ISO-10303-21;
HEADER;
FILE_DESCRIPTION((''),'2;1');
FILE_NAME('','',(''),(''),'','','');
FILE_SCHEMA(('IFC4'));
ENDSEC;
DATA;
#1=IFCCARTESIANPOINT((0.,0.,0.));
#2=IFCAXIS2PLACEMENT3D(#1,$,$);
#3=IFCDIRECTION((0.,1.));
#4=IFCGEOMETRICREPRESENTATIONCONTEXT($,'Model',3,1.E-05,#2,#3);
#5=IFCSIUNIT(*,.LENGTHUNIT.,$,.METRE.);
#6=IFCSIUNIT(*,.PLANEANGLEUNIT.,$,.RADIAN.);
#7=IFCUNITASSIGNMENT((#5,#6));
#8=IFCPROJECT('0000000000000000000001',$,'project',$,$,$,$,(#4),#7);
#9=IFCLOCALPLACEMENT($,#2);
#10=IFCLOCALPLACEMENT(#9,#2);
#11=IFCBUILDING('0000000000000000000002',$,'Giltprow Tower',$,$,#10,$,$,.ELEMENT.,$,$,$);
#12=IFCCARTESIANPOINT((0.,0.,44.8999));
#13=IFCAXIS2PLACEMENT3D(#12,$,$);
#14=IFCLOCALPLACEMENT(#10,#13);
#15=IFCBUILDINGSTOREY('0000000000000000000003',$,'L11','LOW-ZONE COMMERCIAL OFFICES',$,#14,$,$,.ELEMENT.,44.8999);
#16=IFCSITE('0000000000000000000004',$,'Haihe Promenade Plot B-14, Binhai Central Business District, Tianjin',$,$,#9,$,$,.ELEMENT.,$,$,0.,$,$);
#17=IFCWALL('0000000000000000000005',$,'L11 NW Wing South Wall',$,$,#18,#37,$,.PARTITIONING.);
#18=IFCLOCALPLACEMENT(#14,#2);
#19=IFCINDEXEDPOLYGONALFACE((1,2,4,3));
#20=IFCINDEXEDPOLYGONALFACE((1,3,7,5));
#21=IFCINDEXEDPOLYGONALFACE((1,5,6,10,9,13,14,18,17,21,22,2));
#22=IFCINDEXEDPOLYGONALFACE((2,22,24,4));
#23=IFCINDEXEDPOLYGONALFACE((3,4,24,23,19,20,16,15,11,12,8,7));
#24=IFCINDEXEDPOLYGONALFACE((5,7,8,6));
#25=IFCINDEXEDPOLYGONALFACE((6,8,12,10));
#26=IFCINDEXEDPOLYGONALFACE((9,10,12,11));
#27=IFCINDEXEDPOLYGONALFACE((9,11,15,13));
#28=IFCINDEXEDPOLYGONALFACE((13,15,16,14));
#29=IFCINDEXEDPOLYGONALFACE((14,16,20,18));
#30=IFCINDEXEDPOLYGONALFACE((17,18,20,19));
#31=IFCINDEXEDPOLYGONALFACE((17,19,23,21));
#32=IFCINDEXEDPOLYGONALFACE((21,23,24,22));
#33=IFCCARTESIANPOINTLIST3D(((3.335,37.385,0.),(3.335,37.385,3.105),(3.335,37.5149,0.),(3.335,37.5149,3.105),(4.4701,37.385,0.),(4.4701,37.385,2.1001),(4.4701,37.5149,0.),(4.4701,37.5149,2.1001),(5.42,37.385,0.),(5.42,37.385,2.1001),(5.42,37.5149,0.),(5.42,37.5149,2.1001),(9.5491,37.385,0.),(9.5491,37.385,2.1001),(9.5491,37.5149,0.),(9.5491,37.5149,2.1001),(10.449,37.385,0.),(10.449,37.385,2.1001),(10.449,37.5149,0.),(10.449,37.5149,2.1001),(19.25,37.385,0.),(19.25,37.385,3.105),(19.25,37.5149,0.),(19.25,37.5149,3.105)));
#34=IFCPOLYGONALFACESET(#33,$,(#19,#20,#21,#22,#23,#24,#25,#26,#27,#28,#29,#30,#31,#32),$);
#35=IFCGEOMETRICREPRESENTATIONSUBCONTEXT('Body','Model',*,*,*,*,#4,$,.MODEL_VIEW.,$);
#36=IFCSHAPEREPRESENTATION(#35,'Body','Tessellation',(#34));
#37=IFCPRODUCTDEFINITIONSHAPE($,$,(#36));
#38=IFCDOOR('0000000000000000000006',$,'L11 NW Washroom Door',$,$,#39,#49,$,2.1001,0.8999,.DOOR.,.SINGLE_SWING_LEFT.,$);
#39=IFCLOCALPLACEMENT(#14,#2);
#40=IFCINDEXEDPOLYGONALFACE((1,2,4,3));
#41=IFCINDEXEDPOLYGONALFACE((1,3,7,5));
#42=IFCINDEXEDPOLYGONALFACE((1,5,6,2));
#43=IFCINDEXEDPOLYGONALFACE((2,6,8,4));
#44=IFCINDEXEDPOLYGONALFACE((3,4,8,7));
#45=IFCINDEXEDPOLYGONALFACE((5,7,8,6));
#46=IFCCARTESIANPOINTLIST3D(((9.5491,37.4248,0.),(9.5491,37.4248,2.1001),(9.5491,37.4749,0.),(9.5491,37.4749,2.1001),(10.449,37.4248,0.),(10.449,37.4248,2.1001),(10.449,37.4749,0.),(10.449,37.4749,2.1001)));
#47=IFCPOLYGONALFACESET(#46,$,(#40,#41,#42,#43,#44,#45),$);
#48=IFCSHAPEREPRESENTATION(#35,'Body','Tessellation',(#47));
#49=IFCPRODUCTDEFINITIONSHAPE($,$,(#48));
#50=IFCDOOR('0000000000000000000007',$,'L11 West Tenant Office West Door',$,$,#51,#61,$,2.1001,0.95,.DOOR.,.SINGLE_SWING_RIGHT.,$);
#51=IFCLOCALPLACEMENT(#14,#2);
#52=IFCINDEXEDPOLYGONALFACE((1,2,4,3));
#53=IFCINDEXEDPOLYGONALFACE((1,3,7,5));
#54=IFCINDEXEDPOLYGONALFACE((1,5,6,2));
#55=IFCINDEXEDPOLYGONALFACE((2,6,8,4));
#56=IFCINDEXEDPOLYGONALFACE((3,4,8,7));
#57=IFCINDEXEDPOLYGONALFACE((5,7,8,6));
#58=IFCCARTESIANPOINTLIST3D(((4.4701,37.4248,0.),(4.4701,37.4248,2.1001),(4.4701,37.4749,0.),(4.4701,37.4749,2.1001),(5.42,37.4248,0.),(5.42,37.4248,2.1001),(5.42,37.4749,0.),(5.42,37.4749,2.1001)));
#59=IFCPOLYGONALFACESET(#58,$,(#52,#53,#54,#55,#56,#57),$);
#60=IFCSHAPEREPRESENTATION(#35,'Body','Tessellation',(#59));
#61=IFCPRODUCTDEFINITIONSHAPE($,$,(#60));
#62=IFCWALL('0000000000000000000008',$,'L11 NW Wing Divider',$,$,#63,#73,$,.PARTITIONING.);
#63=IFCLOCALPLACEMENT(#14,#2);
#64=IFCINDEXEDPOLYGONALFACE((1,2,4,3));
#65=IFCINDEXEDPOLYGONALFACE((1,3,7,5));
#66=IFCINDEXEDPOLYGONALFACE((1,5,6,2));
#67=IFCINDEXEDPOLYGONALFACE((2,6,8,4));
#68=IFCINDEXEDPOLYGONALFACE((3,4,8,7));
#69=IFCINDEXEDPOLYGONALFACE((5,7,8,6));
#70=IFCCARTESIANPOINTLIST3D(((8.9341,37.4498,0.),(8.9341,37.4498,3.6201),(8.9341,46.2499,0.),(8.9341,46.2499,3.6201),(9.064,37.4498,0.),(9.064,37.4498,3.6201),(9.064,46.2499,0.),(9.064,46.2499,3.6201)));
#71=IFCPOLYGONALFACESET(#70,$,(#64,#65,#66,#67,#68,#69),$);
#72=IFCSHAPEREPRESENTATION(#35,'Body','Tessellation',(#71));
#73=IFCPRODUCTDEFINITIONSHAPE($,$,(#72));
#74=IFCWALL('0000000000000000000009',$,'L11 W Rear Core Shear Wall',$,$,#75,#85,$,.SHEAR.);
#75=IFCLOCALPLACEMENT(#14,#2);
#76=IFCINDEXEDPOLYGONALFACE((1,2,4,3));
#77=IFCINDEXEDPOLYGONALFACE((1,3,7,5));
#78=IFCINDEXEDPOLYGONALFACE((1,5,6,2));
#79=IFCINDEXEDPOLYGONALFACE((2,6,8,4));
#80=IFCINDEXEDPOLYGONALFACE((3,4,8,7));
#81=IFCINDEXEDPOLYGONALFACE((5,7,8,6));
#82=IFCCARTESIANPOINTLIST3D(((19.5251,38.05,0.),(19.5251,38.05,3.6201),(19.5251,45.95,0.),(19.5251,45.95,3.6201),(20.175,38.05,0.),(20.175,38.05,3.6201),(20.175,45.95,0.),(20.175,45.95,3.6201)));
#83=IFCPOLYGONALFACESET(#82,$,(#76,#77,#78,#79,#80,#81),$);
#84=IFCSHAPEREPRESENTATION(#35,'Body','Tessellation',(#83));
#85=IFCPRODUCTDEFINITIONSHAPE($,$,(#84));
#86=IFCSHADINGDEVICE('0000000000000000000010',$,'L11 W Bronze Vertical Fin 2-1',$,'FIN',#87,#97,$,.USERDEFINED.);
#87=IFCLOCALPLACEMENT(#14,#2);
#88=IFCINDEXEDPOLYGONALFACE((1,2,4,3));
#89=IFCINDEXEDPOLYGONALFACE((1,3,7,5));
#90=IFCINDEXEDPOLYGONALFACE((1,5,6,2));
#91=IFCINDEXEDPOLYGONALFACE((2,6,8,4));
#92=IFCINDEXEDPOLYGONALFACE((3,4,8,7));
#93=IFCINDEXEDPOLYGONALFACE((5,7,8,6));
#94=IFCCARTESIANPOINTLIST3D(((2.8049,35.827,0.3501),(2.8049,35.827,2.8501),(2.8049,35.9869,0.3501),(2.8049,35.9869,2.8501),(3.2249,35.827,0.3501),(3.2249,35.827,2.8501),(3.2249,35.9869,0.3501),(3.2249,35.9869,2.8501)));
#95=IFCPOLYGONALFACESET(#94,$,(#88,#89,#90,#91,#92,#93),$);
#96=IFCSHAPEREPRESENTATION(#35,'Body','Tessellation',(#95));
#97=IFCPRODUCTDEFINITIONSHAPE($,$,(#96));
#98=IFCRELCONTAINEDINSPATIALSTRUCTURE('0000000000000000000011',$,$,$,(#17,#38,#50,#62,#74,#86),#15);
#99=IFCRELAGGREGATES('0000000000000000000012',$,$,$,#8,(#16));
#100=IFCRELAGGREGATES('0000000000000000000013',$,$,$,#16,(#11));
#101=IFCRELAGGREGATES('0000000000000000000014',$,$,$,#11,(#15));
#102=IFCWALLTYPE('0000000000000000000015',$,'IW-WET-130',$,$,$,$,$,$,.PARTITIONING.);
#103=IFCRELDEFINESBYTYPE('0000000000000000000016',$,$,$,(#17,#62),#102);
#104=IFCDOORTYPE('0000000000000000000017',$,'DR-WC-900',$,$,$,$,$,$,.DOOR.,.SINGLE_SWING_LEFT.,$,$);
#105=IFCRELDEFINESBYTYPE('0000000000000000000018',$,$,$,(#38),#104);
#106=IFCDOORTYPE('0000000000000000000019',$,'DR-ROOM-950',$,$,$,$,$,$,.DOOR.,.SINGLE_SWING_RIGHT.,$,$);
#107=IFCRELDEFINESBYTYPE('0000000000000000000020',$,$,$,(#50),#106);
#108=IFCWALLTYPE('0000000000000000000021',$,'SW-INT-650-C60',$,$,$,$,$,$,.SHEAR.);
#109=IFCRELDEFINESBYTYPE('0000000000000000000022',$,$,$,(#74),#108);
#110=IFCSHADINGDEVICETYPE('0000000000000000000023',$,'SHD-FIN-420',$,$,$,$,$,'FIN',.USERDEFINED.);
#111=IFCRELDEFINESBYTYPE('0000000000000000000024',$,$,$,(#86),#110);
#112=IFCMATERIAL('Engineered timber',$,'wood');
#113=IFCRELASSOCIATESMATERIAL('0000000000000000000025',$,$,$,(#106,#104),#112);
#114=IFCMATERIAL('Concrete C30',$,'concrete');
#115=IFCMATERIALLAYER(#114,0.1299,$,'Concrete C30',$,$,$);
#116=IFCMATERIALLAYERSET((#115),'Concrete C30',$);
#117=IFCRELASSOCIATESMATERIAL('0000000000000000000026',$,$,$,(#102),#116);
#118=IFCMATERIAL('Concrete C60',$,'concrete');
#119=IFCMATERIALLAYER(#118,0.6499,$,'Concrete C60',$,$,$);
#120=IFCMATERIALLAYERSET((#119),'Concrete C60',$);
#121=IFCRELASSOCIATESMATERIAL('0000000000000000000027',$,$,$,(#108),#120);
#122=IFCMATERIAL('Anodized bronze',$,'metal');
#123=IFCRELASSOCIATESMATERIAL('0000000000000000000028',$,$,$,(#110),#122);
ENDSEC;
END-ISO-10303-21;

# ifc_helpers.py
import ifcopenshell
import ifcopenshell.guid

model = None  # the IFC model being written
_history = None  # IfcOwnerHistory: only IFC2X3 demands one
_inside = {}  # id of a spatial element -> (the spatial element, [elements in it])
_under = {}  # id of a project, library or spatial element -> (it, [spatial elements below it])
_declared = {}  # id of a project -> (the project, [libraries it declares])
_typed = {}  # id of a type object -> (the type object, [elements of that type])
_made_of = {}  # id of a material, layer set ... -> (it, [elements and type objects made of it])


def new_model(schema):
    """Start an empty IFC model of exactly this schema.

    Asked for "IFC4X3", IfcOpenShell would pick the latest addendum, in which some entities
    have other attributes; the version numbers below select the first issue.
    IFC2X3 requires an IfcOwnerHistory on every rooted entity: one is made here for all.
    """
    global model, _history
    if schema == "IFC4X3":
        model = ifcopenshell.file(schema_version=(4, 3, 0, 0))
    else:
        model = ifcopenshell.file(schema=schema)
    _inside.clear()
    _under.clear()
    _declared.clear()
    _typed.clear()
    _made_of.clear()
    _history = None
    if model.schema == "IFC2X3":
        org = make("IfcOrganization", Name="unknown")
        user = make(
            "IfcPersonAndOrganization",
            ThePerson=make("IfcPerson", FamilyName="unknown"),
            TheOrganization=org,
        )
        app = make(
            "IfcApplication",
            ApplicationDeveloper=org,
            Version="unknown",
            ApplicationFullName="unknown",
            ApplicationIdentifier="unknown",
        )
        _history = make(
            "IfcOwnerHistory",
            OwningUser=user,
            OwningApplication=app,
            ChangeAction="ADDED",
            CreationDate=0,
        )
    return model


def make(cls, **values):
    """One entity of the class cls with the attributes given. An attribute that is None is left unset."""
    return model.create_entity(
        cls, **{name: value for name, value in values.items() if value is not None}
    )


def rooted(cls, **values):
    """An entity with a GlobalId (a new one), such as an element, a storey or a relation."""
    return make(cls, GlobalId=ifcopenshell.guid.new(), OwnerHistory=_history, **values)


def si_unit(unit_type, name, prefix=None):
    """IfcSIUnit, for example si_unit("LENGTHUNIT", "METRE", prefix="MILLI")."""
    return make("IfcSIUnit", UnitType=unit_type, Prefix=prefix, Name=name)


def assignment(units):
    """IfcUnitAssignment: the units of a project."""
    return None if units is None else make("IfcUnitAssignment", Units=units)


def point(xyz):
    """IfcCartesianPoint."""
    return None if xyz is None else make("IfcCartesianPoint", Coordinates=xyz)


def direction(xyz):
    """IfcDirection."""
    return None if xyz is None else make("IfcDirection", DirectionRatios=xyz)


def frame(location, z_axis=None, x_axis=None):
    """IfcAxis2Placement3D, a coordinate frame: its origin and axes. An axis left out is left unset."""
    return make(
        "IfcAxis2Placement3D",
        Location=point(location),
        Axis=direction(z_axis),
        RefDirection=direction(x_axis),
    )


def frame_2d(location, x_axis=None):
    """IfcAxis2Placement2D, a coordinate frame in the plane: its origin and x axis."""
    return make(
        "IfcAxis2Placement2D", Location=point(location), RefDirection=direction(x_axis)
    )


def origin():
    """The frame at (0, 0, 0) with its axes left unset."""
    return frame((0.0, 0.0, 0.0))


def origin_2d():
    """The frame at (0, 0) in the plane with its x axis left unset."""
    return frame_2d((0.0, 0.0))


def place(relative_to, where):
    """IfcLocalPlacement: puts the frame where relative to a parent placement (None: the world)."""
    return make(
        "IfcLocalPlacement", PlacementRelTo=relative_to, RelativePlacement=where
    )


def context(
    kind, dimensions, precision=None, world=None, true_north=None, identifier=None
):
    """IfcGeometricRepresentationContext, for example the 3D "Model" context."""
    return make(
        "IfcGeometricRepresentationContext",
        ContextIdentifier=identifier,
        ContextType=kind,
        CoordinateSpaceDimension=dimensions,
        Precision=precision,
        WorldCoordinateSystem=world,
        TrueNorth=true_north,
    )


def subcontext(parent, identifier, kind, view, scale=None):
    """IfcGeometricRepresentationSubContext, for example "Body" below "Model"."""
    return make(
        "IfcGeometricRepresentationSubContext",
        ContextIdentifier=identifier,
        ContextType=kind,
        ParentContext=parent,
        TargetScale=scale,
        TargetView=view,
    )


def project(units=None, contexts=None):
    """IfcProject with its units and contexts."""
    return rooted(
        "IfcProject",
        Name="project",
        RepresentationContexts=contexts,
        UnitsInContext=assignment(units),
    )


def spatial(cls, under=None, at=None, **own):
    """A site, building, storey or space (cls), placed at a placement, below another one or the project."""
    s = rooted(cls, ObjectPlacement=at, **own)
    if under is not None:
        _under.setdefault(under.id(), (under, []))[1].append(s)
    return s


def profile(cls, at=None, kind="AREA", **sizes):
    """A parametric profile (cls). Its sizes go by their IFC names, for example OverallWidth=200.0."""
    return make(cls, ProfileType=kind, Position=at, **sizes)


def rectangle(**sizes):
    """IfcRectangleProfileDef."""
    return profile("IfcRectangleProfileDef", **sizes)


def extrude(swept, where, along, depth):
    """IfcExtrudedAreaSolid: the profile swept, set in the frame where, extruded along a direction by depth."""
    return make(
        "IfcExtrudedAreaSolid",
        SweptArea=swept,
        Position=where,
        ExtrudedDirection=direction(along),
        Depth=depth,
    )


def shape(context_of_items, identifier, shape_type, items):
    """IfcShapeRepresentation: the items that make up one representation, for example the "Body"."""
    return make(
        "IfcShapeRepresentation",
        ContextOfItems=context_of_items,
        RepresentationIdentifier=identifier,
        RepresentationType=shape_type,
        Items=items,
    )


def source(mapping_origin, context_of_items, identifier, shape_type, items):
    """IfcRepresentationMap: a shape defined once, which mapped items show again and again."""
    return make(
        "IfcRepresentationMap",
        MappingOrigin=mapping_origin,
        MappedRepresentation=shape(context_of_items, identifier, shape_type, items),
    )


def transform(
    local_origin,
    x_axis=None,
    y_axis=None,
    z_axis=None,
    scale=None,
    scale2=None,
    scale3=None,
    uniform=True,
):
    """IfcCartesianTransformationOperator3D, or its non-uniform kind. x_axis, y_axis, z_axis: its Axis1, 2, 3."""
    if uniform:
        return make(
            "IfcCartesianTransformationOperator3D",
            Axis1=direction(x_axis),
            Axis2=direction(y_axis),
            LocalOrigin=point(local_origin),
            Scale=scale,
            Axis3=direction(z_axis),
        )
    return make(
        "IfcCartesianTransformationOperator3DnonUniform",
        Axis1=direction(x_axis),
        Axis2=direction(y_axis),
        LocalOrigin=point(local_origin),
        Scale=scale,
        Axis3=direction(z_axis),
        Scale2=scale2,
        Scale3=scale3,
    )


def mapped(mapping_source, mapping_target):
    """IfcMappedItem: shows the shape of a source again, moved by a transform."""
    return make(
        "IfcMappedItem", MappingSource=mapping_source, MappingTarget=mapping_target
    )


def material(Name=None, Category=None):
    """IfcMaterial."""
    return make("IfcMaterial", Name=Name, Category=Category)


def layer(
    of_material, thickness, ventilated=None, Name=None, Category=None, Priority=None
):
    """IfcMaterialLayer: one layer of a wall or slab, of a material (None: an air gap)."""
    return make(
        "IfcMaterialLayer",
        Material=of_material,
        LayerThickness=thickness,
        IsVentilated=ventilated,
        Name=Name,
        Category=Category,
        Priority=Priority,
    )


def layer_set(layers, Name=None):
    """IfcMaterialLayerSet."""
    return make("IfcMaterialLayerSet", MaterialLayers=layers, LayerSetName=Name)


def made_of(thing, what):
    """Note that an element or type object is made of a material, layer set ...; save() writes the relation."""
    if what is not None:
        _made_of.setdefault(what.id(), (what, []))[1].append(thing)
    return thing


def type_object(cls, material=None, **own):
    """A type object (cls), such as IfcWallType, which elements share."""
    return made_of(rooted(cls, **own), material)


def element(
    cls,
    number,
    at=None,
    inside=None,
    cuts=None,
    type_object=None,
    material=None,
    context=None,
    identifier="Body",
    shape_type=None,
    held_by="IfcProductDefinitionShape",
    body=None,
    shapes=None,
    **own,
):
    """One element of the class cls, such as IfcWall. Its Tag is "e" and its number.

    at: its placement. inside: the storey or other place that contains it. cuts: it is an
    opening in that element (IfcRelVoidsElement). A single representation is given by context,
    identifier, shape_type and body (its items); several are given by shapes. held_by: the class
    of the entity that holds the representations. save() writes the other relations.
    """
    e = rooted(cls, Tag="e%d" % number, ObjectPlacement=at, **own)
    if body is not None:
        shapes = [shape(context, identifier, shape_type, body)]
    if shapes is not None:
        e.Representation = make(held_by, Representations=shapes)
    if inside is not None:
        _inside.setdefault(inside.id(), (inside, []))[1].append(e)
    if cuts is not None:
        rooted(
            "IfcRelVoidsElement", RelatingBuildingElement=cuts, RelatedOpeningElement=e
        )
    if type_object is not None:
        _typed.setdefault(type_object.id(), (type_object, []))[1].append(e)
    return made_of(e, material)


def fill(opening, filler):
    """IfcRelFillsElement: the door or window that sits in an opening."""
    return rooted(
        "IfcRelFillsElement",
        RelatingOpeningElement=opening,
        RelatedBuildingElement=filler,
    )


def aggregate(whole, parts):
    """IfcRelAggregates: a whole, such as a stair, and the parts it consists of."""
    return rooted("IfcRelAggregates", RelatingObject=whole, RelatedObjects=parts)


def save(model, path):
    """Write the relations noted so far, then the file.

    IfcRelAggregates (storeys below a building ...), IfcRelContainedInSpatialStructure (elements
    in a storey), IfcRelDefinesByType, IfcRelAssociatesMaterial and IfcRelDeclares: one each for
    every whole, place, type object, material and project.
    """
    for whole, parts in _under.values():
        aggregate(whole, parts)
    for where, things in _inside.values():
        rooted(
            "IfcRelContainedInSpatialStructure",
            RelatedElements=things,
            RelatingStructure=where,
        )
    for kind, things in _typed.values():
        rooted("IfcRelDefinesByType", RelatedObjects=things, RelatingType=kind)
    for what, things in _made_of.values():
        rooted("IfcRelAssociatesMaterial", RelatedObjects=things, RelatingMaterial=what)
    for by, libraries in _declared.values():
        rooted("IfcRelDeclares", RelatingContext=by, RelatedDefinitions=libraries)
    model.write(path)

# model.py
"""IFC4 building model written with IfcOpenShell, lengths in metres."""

from ifc_helpers import new_model, si_unit, direction, frame, frame_2d, origin, origin_2d, place, context, subcontext, project, spatial, rectangle, extrude, source, transform, mapped, material, layer, layer_set, type_object, element, fill, save


model = new_model("IFC4")

# Units and contexts
model_context = context("Model", 3, precision=1e-05, world=origin(), true_north=direction((0.0, 1.0)))
body_context = subcontext(model_context, "Body", "Model", "MODEL_VIEW")
ifc_project = project(units=[si_unit("LENGTHUNIT", "METRE"), si_unit("PLANEANGLEUNIT", "RADIAN")], contexts=[model_context])

# Site, building, storey
site_placement = place(None, origin())
site = spatial("IfcSite", under=ifc_project, at=site_placement, Name="Haihe Promenade Plot B-14, Binhai Central Business District, Tianjin", CompositionType="ELEMENT", RefElevation=0.0)
building_placement = place(site_placement, origin())
building = spatial("IfcBuilding", under=site, at=building_placement, Name="Giltprow Tower", CompositionType="ELEMENT")
storey_placement = place(building_placement, frame((0.0, 0.0, 44.8999)))
storey = spatial("IfcBuildingStorey", under=building, at=storey_placement, Name="L11", Description="LOW-ZONE COMMERCIAL OFFICES", CompositionType="ELEMENT", Elevation=44.8999)

# Shared definitions
ifc_material_1 = material(Name="Concrete C60", Category="concrete")

# Shared definitions
ifc_material_2 = material(Name="Engineered timber", Category="wood")

# Shared definitions
door_type_1 = type_object("IfcDoorType", Name="DR-ROOM-950", OperationType="SINGLE_SWING_RIGHT", PredefinedType="DOOR", material=ifc_material_2)
shared_shape_1 = source(origin(), body_context, "Body", "SweptSolid", [
    extrude(rectangle(XDim=0.95, YDim=2.1001, at=frame_2d((0.4751, 1.05))), frame((0.0, 0.0249, 0.0), z_axis=(0.0, -1.0, 0.0), x_axis=(1.0, 0.0, 0.0)), (0.0, 0.0, 1.0), 0.05),
])

# Wall, openings, doors
ifc_material_3 = material(Name="Concrete C30", Category="concrete")
ifc_layer_1 = layer(ifc_material_3, 0.1299, Name="Concrete C30")
ifc_layer_set_1 = layer_set([ifc_layer_1], Name="Concrete C30")
wall_type_1 = type_object("IfcWallType", Name="IW-WET-130", PredefinedType="PARTITIONING", material=ifc_layer_set_1)
wall_1_placement = place(storey_placement, frame((3.335, 37.45, 0.0), z_axis=(0.0, 0.0, 1.0), x_axis=(1.0, 0.0, 0.0)))
wall_1 = element("IfcWall", 1, at=wall_1_placement, inside=storey, type_object=wall_type_1, Name="L11 NW Wing South Wall", PredefinedType="PARTITIONING", context=body_context, shape_type="SweptSolid", body=[
    extrude(rectangle(XDim=15.915, YDim=0.1299, at=frame_2d((7.9575, 0.0))), origin(), (0.0, 0.0, 1.0), 3.105),
])
opening_1_placement = place(wall_1_placement, frame((1.135, 0.0, 0.0)))
opening_1 = element("IfcOpeningElement", 2, at=opening_1_placement, cuts=wall_1, PredefinedType="OPENING", context=body_context, shape_type="SweptSolid", body=[
    extrude(rectangle(XDim=0.95, YDim=2.1001, at=frame_2d((0.4751, 1.05))), frame((0.0, 0.075, 0.0), z_axis=(0.0, -1.0, 0.0), x_axis=(1.0, 0.0, 0.0)), (0.0, 0.0, 1.0), 0.1499),
])
opening_2_placement = place(wall_1_placement, frame((6.2141, 0.0, 0.0)))
opening_2 = element("IfcOpeningElement", 3, at=opening_2_placement, cuts=wall_1, PredefinedType="OPENING", context=body_context, shape_type="SweptSolid", body=[
    extrude(rectangle(XDim=0.8999, YDim=2.1001, at=frame_2d((0.45, 1.05))), frame((0.0, 0.075, 0.0), z_axis=(0.0, -1.0, 0.0), x_axis=(1.0, 0.0, 0.0)), (0.0, 0.0, 1.0), 0.1499),
])
door_type_2 = type_object("IfcDoorType", Name="DR-WC-900", OperationType="SINGLE_SWING_LEFT", PredefinedType="DOOR", material=ifc_material_2)
shared_shape_2 = source(origin(), body_context, "Body", "SweptSolid", [
    extrude(rectangle(XDim=0.8999, YDim=2.1001, at=frame_2d((0.45, 1.05))), frame((0.0, 0.0249, 0.0), z_axis=(0.0, -1.0, 0.0), x_axis=(1.0, 0.0, 0.0)), (0.0, 0.0, 1.0), 0.05),
])
door_1_placement = place(opening_2_placement, origin())
door_1 = element("IfcDoor", 4, at=door_1_placement, inside=storey, type_object=door_type_2, Name="L11 NW Washroom Door", OperationType="SINGLE_SWING_LEFT", OverallHeight=2.1001, OverallWidth=0.8999, PredefinedType="DOOR", context=body_context, shape_type="MappedRepresentation", body=[
    mapped(shared_shape_2, transform((0.0, 0.0, 0.0), x_axis=(1.0, 0.0, 0.0), y_axis=(0.0, 1.0, 0.0), z_axis=(0.0, 0.0, 1.0), scale=1.0)),
])
fill(opening_2, door_1)
door_2_placement = place(opening_1_placement, origin())
door_2 = element("IfcDoor", 5, at=door_2_placement, inside=storey, type_object=door_type_1, Name="L11 West Tenant Office West Door", OperationType="SINGLE_SWING_RIGHT", OverallHeight=2.1001, OverallWidth=0.95, PredefinedType="DOOR", context=body_context, shape_type="MappedRepresentation", body=[
    mapped(shared_shape_1, transform((0.0, 0.0, 0.0), x_axis=(1.0, 0.0, 0.0), y_axis=(0.0, 1.0, 0.0), z_axis=(0.0, 0.0, 1.0), scale=1.0)),
])
fill(opening_1, door_2)

# Walls
wall_2_placement = place(storey_placement, frame((8.999, 37.45, 0.0), z_axis=(0.0, 0.0, 1.0), x_axis=(0.0, 1.0, 0.0)))
element("IfcWall", 6, at=wall_2_placement, inside=storey, type_object=wall_type_1, Name="L11 NW Wing Divider", PredefinedType="PARTITIONING", context=body_context, shape_type="SweptSolid", body=[
    extrude(rectangle(XDim=8.8, YDim=0.1299, at=frame_2d((4.3999, 0.0))), origin(), (0.0, 0.0, 1.0), 3.6201),
])
ifc_layer_2 = layer(ifc_material_1, 0.6499, Name="Concrete C60")
ifc_layer_set_2 = layer_set([ifc_layer_2], Name="Concrete C60")
wall_type_2 = type_object("IfcWallType", Name="SW-INT-650-C60", PredefinedType="SHEAR", material=ifc_layer_set_2)
wall_3_placement = place(storey_placement, frame((19.8501, 38.05, 0.0), z_axis=(0.0, 0.0, 1.0), x_axis=(0.0, 1.0, 0.0)))
element("IfcWall", 7, at=wall_3_placement, inside=storey, type_object=wall_type_2, Name="L11 W Rear Core Shear Wall", PredefinedType="SHEAR", context=body_context, shape_type="SweptSolid", body=[
    extrude(rectangle(XDim=7.8999, YDim=0.6499, at=frame_2d((3.95, 0.0))), origin(), (0.0, 0.0, 1.0), 3.6201),
])

# Shading device
ifc_material_4 = material(Name="Anodized bronze", Category="metal")
shading_device_type = type_object("IfcShadingDeviceType", Name="SHD-FIN-420", ElementType="FIN", PredefinedType="USERDEFINED", material=ifc_material_4)
shared_shape_3 = source(origin(), body_context, "Body", "SweptSolid", [
    extrude(rectangle(XDim=0.4199, YDim=0.1599, at=origin_2d()), origin(), (0.0, 0.0, 1.0), 2.5),
])
shading_device_placement = place(storey_placement, frame((3.0149, 35.907, 0.3501), z_axis=(0.0, 0.0, 1.0), x_axis=(1.0, 0.0, 0.0)))
element("IfcShadingDevice", 8, at=shading_device_placement, inside=storey, type_object=shading_device_type, Name="L11 W Bronze Vertical Fin 2-1", ObjectType="FIN", PredefinedType="USERDEFINED", context=body_context, shape_type="MappedRepresentation", body=[
    mapped(shared_shape_3, transform((0.0, 0.0, 0.0), x_axis=(1.0, 0.0, 0.0), y_axis=(0.0, 1.0, 0.0), z_axis=(0.0, 0.0, 1.0), scale=1.0)),
])

save(model, "model.ifc")
